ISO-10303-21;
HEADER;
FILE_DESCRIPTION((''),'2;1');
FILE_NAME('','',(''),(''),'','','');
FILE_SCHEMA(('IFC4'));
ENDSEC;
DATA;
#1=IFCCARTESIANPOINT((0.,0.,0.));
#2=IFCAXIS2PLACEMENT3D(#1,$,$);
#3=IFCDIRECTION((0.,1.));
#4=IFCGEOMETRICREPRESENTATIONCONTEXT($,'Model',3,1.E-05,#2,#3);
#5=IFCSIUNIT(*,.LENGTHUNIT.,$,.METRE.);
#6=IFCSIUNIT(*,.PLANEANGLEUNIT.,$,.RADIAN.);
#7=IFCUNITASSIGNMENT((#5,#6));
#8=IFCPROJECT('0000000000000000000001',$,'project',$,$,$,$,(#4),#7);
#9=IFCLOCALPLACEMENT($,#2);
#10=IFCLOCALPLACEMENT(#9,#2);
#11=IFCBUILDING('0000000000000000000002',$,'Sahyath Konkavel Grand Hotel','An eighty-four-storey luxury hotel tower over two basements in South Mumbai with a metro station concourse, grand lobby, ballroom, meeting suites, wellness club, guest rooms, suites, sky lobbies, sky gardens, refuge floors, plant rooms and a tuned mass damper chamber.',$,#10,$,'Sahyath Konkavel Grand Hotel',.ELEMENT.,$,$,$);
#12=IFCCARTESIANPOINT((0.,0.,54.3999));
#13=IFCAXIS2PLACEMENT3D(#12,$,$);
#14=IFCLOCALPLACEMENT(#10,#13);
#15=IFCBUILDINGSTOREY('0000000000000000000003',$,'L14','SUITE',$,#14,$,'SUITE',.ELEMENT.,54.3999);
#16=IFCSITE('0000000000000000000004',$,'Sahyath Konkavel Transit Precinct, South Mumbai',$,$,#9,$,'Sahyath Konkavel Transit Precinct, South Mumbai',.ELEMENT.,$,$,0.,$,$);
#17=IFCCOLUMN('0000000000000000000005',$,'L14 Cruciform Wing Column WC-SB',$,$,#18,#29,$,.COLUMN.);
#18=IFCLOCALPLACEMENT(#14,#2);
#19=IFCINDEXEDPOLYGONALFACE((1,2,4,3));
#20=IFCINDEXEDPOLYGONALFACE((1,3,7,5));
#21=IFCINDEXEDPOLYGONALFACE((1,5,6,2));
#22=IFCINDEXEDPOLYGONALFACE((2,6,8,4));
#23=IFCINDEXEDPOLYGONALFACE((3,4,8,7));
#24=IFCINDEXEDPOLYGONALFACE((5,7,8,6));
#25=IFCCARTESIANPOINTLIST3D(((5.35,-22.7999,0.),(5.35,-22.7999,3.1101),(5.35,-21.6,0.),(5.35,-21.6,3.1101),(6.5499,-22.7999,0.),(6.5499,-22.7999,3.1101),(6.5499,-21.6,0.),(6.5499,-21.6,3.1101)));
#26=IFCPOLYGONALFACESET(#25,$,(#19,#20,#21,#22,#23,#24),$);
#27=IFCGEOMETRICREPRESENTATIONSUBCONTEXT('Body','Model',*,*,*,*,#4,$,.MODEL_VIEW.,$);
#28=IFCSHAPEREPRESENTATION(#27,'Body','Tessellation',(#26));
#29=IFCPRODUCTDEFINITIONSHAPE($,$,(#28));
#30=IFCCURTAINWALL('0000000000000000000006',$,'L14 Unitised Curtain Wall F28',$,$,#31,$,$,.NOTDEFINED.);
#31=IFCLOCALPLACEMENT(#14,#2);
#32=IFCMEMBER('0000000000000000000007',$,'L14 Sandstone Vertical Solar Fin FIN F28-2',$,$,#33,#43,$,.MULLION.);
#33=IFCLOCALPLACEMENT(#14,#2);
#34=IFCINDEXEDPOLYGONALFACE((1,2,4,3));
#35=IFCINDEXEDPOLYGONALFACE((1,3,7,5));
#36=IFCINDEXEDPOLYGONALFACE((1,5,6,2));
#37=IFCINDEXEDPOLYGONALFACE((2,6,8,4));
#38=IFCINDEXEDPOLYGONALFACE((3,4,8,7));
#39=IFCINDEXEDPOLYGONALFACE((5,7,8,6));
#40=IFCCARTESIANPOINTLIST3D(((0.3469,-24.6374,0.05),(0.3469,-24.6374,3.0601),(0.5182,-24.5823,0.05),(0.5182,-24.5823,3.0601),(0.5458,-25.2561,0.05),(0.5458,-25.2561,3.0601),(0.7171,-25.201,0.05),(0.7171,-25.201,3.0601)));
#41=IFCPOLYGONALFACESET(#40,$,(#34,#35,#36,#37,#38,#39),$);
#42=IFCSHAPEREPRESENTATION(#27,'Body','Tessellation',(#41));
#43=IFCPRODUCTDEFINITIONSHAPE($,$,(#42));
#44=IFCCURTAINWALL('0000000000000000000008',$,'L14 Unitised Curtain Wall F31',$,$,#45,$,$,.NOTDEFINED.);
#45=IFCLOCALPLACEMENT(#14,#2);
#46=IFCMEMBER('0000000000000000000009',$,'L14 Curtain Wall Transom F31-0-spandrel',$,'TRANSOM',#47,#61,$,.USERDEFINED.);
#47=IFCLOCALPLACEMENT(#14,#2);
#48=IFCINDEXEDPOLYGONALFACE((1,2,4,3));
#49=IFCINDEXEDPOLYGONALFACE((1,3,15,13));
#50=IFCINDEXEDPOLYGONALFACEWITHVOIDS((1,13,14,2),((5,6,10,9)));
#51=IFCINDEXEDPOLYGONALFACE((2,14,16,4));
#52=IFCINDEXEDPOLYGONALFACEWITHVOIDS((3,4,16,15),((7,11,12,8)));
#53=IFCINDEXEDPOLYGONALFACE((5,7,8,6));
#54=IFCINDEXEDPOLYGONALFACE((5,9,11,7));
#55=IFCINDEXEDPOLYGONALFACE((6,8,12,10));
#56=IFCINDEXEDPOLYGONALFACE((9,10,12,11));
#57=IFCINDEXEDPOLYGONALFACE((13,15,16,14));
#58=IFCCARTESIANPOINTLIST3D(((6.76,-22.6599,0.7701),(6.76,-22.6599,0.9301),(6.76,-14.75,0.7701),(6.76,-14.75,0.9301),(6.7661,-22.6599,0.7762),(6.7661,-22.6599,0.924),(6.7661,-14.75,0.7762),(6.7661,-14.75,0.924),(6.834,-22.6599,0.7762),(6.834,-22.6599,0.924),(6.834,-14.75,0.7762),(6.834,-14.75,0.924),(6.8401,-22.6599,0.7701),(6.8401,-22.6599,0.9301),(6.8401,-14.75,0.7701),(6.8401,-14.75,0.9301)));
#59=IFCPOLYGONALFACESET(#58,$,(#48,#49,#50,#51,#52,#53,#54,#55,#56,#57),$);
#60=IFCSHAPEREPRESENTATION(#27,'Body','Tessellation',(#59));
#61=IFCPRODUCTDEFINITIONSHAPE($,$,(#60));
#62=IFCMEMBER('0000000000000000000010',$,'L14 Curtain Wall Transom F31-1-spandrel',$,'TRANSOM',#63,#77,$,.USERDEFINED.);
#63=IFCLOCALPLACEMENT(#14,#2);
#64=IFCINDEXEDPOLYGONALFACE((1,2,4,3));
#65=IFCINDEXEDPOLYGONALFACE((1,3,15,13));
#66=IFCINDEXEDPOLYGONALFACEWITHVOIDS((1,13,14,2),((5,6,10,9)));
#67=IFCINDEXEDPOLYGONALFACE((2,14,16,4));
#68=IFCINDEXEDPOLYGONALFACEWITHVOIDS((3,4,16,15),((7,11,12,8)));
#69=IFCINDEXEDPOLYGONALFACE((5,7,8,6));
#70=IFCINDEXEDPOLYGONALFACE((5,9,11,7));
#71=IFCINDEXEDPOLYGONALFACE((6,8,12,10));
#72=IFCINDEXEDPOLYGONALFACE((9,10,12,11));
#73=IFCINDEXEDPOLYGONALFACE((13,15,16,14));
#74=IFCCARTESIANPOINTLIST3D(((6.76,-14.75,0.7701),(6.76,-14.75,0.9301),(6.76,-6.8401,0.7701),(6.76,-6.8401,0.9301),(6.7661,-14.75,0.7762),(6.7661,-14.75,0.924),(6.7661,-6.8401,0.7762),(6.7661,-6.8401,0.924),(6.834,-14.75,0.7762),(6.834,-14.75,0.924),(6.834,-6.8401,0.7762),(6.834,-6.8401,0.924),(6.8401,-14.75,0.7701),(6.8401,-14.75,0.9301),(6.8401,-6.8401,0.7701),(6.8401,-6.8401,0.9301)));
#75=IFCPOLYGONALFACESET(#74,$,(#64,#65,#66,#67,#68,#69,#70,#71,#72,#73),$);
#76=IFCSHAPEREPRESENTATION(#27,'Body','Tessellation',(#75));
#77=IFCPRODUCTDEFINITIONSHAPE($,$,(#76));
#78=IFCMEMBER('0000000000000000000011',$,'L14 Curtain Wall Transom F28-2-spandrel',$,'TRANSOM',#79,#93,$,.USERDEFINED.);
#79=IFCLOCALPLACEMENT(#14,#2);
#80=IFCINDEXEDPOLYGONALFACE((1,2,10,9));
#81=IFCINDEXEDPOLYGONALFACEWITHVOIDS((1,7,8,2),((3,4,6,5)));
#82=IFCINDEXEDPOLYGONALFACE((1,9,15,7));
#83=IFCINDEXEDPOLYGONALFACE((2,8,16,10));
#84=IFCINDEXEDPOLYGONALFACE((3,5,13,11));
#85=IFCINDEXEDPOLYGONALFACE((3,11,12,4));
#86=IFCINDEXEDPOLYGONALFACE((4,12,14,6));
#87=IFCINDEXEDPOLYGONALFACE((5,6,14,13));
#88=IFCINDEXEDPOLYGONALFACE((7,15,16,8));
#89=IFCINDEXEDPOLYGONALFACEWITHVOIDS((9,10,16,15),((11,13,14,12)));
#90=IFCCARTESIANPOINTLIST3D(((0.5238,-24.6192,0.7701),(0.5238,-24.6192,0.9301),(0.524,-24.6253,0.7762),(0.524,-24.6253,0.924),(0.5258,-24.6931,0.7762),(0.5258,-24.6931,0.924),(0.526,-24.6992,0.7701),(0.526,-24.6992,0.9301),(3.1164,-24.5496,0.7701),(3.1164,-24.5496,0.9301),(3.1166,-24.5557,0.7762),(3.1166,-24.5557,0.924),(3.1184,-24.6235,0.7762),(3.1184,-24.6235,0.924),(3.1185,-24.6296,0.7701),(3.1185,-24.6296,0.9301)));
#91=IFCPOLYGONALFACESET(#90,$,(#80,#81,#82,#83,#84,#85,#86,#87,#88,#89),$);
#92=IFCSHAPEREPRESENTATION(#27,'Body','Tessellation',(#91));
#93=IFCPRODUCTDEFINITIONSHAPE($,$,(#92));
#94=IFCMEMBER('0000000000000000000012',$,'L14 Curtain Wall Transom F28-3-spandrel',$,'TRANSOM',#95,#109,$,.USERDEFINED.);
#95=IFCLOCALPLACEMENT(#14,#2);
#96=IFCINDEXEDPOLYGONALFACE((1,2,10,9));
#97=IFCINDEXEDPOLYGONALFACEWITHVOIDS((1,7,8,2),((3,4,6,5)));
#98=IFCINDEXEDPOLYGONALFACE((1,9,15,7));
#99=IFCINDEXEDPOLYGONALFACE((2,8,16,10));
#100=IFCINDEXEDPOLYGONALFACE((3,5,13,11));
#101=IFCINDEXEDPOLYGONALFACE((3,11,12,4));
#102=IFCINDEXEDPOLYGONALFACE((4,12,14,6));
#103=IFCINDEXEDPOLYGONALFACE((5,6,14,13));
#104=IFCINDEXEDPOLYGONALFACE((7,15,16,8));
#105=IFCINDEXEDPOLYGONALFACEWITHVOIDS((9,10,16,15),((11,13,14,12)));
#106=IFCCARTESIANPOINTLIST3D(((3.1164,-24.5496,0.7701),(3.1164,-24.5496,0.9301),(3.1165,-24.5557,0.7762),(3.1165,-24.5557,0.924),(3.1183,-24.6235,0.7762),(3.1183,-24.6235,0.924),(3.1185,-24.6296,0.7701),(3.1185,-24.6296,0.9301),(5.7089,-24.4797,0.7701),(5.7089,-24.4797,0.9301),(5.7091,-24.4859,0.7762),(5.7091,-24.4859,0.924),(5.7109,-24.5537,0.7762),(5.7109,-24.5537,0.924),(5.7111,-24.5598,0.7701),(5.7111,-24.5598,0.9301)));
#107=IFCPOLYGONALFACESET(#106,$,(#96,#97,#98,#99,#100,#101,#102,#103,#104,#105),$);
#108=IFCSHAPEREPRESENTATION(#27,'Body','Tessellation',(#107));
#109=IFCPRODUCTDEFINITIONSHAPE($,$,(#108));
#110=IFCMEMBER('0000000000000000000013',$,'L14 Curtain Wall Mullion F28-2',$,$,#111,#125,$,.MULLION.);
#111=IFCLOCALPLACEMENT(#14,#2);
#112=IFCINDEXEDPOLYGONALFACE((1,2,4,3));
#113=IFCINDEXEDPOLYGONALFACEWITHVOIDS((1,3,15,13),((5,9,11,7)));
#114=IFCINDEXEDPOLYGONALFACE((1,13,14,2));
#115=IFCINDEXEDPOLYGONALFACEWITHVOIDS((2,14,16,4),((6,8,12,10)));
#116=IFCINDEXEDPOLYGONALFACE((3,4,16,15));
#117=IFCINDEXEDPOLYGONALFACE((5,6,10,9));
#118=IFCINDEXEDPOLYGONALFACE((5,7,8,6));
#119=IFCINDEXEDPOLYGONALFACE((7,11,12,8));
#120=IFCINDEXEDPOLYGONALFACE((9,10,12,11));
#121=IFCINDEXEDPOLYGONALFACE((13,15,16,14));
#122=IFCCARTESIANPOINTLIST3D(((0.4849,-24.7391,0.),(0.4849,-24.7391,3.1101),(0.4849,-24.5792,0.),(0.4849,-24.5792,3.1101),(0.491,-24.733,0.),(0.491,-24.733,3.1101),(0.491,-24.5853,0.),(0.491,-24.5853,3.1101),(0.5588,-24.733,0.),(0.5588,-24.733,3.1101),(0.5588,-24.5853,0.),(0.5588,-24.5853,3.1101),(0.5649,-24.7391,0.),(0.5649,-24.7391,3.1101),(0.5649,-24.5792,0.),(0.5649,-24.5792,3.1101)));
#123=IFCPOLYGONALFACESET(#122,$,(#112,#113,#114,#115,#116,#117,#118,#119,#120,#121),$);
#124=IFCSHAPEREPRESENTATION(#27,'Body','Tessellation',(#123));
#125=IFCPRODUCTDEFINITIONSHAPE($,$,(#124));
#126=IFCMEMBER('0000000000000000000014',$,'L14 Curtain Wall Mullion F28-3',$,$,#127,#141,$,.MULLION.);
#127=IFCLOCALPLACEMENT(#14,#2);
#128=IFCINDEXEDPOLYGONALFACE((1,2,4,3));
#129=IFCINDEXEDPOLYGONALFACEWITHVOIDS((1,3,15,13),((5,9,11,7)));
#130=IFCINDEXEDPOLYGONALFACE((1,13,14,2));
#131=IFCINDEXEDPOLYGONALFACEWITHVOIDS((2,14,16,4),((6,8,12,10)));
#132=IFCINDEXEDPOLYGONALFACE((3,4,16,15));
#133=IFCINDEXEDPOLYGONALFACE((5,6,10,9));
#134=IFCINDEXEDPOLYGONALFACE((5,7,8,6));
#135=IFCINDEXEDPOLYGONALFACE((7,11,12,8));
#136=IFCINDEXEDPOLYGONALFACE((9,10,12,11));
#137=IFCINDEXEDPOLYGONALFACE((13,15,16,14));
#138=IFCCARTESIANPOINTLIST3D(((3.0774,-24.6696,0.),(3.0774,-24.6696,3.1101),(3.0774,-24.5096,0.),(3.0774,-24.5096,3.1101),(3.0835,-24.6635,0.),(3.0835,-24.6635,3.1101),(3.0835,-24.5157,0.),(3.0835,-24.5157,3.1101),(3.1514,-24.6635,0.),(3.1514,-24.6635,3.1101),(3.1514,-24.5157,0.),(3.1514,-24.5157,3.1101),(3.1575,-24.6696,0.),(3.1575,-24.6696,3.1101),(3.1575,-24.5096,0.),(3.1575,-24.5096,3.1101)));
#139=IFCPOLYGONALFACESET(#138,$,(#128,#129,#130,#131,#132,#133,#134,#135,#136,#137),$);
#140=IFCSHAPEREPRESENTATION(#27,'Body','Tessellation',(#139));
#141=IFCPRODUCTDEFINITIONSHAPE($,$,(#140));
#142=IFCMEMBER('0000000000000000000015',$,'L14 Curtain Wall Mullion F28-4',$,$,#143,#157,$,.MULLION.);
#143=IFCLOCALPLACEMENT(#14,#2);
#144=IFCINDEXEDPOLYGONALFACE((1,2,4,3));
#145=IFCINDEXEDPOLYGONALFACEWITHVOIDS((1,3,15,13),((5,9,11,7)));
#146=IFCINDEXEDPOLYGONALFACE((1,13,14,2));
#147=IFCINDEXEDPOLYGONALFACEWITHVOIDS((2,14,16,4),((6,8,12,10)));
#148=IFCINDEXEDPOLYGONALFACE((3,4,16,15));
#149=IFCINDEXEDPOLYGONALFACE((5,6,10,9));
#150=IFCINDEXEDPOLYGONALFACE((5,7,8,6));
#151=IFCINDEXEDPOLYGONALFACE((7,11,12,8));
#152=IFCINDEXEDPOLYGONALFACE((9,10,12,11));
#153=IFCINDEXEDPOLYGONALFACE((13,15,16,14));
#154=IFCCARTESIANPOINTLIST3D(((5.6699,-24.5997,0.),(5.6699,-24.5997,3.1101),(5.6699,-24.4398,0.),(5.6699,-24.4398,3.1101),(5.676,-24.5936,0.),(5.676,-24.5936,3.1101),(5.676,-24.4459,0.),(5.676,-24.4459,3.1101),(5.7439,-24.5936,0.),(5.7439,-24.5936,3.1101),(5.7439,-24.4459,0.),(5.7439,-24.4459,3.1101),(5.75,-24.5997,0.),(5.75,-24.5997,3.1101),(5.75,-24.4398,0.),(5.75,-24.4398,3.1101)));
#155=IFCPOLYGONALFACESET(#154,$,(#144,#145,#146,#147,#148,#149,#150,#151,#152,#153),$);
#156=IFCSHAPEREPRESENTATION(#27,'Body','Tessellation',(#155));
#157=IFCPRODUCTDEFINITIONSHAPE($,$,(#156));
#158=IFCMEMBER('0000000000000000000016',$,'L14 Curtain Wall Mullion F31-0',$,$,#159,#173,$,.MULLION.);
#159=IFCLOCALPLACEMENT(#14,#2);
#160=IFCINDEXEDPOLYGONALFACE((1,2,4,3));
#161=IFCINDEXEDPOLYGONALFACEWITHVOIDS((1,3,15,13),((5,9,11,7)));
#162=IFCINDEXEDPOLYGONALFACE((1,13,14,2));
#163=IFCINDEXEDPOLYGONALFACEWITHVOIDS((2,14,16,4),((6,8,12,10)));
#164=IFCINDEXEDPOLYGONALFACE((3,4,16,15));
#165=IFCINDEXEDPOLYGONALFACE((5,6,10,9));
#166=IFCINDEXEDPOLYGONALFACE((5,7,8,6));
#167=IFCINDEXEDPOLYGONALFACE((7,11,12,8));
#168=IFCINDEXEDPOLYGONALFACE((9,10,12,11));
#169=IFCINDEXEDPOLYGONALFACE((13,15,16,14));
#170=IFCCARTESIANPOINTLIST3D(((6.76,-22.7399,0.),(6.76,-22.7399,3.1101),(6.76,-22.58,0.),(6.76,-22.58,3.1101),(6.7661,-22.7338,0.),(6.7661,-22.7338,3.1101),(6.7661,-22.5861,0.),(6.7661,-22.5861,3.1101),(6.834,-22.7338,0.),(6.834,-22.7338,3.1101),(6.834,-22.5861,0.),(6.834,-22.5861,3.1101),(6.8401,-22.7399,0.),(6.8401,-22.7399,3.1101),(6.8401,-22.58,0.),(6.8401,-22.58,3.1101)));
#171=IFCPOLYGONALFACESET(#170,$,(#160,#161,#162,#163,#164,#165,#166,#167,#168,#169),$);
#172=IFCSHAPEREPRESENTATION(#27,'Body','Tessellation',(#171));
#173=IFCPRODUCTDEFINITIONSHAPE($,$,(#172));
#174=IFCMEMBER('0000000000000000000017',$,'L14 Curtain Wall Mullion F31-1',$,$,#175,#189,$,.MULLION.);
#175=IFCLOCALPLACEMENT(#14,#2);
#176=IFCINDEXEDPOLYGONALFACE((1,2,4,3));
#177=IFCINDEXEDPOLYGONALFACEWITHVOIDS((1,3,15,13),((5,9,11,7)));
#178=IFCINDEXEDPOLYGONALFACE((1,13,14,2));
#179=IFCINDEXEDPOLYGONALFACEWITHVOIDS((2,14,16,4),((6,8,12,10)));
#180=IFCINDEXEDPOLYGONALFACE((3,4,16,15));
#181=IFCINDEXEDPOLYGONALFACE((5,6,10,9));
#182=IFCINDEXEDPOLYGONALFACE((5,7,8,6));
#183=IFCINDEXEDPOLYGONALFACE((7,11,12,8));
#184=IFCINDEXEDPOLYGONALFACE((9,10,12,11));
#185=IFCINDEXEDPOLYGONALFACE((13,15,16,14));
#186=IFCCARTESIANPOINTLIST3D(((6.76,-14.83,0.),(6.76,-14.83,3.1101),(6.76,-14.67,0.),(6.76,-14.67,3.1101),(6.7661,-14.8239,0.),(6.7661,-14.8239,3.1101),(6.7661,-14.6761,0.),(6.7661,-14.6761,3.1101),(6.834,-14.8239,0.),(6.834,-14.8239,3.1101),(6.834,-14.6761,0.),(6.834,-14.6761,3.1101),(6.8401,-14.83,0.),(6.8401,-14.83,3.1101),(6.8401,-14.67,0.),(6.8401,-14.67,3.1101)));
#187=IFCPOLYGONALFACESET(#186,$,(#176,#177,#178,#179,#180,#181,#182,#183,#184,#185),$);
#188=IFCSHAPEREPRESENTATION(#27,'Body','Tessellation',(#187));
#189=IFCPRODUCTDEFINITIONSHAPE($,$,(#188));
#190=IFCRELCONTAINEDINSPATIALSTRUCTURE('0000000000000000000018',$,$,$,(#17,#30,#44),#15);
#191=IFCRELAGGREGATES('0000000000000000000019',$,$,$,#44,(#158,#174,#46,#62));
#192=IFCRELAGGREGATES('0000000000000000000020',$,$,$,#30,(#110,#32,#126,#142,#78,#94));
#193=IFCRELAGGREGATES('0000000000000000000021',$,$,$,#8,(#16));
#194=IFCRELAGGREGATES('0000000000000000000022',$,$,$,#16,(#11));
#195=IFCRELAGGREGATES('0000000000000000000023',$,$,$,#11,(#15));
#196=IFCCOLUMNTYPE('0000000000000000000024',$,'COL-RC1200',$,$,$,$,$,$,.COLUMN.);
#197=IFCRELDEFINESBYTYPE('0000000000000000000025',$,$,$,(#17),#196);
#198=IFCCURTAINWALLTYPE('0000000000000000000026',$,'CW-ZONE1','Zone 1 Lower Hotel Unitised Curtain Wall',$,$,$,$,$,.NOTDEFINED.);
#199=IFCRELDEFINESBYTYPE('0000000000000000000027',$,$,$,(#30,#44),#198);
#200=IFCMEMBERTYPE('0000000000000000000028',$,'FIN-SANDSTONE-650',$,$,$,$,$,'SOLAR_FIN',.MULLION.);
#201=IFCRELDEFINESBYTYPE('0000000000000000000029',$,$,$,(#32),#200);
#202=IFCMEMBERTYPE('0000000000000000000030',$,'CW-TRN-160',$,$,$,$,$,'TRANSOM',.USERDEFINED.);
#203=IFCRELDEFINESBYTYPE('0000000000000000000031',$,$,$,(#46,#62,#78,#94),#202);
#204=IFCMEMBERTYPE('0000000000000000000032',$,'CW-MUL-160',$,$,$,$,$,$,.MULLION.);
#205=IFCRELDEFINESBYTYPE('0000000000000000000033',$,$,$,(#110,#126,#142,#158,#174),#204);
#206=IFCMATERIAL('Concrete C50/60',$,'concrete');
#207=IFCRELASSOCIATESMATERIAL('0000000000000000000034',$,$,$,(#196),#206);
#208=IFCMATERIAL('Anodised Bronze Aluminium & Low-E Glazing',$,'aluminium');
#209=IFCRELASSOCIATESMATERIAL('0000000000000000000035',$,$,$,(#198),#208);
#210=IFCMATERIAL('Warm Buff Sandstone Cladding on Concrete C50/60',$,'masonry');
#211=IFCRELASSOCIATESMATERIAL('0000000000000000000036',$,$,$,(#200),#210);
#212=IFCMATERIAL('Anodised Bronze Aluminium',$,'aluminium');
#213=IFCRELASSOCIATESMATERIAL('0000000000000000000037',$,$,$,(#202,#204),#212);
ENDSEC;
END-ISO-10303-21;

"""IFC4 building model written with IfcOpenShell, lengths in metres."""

from ifc_helpers import new_model, si_unit, direction, frame, origin, origin_2d, place, context, subcontext, project, spatial, rectangle, hollow_rectangle, extrude, source, transform, mapped, material, material_profile, profile_set, type_object, element, aggregate, save


model = new_model("IFC4")

# Units and contexts
model_context = context("Model", 3, precision=1e-05, world=origin(), true_north=direction((0.0, 1.0)))
body_context = subcontext(model_context, "Body", "Model", "MODEL_VIEW")
ifc_project = project(units=[si_unit("LENGTHUNIT", "METRE"), si_unit("PLANEANGLEUNIT", "RADIAN")], contexts=[model_context])

# Site, building, storey
site_placement = place(None, origin())
site = spatial("IfcSite", under=ifc_project, at=site_placement, Name="Sahyath Konkavel Transit Precinct, South Mumbai", LongName="Sahyath Konkavel Transit Precinct, South Mumbai", CompositionType="ELEMENT", RefElevation=0.0)
building_placement = place(site_placement, origin())
building = spatial("IfcBuilding", under=site, at=building_placement, Name="Sahyath Konkavel Grand Hotel", Description="An eighty-four-storey luxury hotel tower over two basements in South Mumbai with a metro station concourse, grand lobby, ballroom, meeting suites, wellness club, guest rooms, suites, sky lobbies, sky gardens, refuge floors, plant rooms and a tuned mass damper chamber.", LongName="Sahyath Konkavel Grand Hotel", CompositionType="ELEMENT")
storey_placement = place(building_placement, frame((0.0, 0.0, 54.3999)))
storey = spatial("IfcBuildingStorey", under=building, at=storey_placement, Name="L14", Description="SUITE", LongName="SUITE", CompositionType="ELEMENT", Elevation=54.3999)

# Column
ifc_material_1 = material(Name="Concrete C50/60", Category="concrete")
ifc_material_profile_1 = material_profile(ifc_material_1, rectangle(XDim=1.2, YDim=1.2, at=origin_2d()), Name="RC 1200x1200")
ifc_profile_set_1 = profile_set([ifc_material_profile_1], Name="Concrete C50/60")
column_type = type_object("IfcColumnType", Name="COL-RC1200", PredefinedType="COLUMN", material=ifc_profile_set_1)
shared_shape_1 = source(origin(), body_context, "Body", "SweptSolid", [
    extrude(rectangle(XDim=1.2, YDim=1.2, at=origin_2d()), origin(), (0.0, 0.0, 1.0), 3.1101),
])
column_placement = place(storey_placement, frame((5.95, -22.2, 0.0), z_axis=(0.0, 0.0, 1.0), x_axis=(1.0, 0.0, 0.0)))
element("IfcColumn", 1, at=column_placement, inside=storey, type_object=column_type, Name="L14 Cruciform Wing Column WC-SB", PredefinedType="COLUMN", context=body_context, shape_type="MappedRepresentation", body=[
    mapped(shared_shape_1, transform((0.0, 0.0, 0.0), scale=1.0)),
])

# Curtain wall, member
ifc_material_2 = material(Name="Anodised Bronze Aluminium & Low-E Glazing", Category="aluminium")
curtain_wall_type = type_object("IfcCurtainWallType", Name="CW-ZONE1", Description="Zone 1 Lower Hotel Unitised Curtain Wall", PredefinedType="NOTDEFINED", material=ifc_material_2)
curtain_wall_1_placement = place(storey_placement, origin())
curtain_wall_1 = element("IfcCurtainWall", 2, at=curtain_wall_1_placement, inside=storey, type_object=curtain_wall_type, Name="L14 Unitised Curtain Wall F28", PredefinedType="NOTDEFINED")
ifc_material_3 = material(Name="Warm Buff Sandstone Cladding on Concrete C50/60", Category="masonry")
ifc_material_profile_2 = material_profile(ifc_material_3, rectangle(XDim=0.1799, YDim=0.6499, at=origin_2d()), Name="FIN 180x650")
ifc_profile_set_2 = profile_set([ifc_material_profile_2], Name="Warm Buff Sandstone Cladding on Concrete C50/60")
member_type_1 = type_object("IfcMemberType", Name="FIN-SANDSTONE-650", ElementType="SOLAR_FIN", PredefinedType="MULLION", material=ifc_profile_set_2)
shared_shape_2 = source(origin(), body_context, "Body", "SweptSolid", [
    extrude(rectangle(XDim=0.1799, YDim=0.6499, at=origin_2d()), origin(), (0.0, 0.0, 1.0), 3.01),
])
member_1_placement = place(storey_placement, frame((0.532, -24.9192, 0.05), z_axis=(0.0, 0.0, 1.0), x_axis=(0.952023, 0.306028, 0.0)))
member_1 = element("IfcMember", 3, at=member_1_placement, type_object=member_type_1, Name="L14 Sandstone Vertical Solar Fin FIN F28-2", PredefinedType="MULLION", context=body_context, shape_type="MappedRepresentation", body=[
    mapped(shared_shape_2, transform((0.0, 0.0, 0.0), scale=1.0)),
])

# Curtain wall, members
curtain_wall_2_placement = place(storey_placement, origin())
curtain_wall_2 = element("IfcCurtainWall", 4, at=curtain_wall_2_placement, inside=storey, type_object=curtain_wall_type, Name="L14 Unitised Curtain Wall F31", PredefinedType="NOTDEFINED")
ifc_material_4 = material(Name="Anodised Bronze Aluminium", Category="aluminium")
ifc_material_profile_3 = material_profile(ifc_material_4, hollow_rectangle(XDim=0.0801, YDim=0.1599, WallThickness=0.0061, at=origin_2d()), Name="RHS 160x80x6")
ifc_profile_set_3 = profile_set([ifc_material_profile_3], Name="Anodised Bronze Aluminium")
member_type_2 = type_object("IfcMemberType", Name="CW-TRN-160", ElementType="TRANSOM", PredefinedType="USERDEFINED", material=ifc_profile_set_3)
shared_shape_3 = source(origin(), body_context, "Body", "SweptSolid", [
    extrude(hollow_rectangle(XDim=0.0801, YDim=0.1599, WallThickness=0.0061, at=origin_2d()), origin(), (0.0, 0.0, 1.0), 7.9099),
])
member_2_placement = place(storey_placement, frame((6.8, -22.6599, 0.8501), z_axis=(0.0, 1.0, 0.0), x_axis=(-1.0, 0.0, 0.0)))
member_2 = element("IfcMember", 5, at=member_2_placement, type_object=member_type_2, Name="L14 Curtain Wall Transom F31-0-spandrel", ObjectType="TRANSOM", PredefinedType="USERDEFINED", context=body_context, shape_type="MappedRepresentation", body=[
    mapped(shared_shape_3, transform((0.0, 0.0, 0.0), scale=1.0)),
])
member_3_placement = place(storey_placement, frame((6.8, -14.75, 0.8501), z_axis=(0.0, 1.0, 0.0), x_axis=(-1.0, 0.0, 0.0)))
member_3 = element("IfcMember", 6, at=member_3_placement, type_object=member_type_2, Name="L14 Curtain Wall Transom F31-1-spandrel", ObjectType="TRANSOM", PredefinedType="USERDEFINED", context=body_context, shape_type="MappedRepresentation", body=[
    mapped(shared_shape_3, transform((0.0, 0.0, 0.0), scale=1.0)),
])

# Members
shared_shape_4 = source(origin(), body_context, "Body", "SweptSolid", [
    extrude(hollow_rectangle(XDim=0.0801, YDim=0.1599, WallThickness=0.0061, at=origin_2d()), origin(), (0.0, 0.0, 1.0), 2.5935),
])
member_4_placement = place(storey_placement, frame((0.5249, -24.6592, 0.8501), z_axis=(0.99964, 0.026829, 0.0), x_axis=(-0.026829, 0.99964, 0.0)))
member_4 = element("IfcMember", 7, at=member_4_placement, type_object=member_type_2, Name="L14 Curtain Wall Transom F28-2-spandrel", ObjectType="TRANSOM", PredefinedType="USERDEFINED", context=body_context, shape_type="MappedRepresentation", body=[
    mapped(shared_shape_4, transform((0.0, 0.0, 0.0), scale=1.0)),
])
member_5_placement = place(storey_placement, frame((3.1174, -24.5896, 0.8501), z_axis=(0.999638, 0.026923, 0.0), x_axis=(-0.026923, 0.999638, 0.0)))
member_5 = element("IfcMember", 8, at=member_5_placement, type_object=member_type_2, Name="L14 Curtain Wall Transom F28-3-spandrel", ObjectType="TRANSOM", PredefinedType="USERDEFINED", context=body_context, shape_type="MappedRepresentation", body=[
    mapped(shared_shape_4, transform((0.0, 0.0, 0.0), scale=1.0)),
])
ifc_material_profile_4 = material_profile(ifc_material_4, hollow_rectangle(XDim=0.0801, YDim=0.1599, WallThickness=0.0061, at=origin_2d()), Name="RHS 160x80x6")
ifc_profile_set_4 = profile_set([ifc_material_profile_4], Name="Anodised Bronze Aluminium")
member_type_3 = type_object("IfcMemberType", Name="CW-MUL-160", PredefinedType="MULLION", material=ifc_profile_set_4)
shared_shape_5 = source(origin(), body_context, "Body", "SweptSolid", [
    extrude(hollow_rectangle(XDim=0.0801, YDim=0.1599, WallThickness=0.0061, at=origin_2d()), origin(), (0.0, 0.0, 1.0), 3.1101),
])
member_6_placement = place(storey_placement, frame((0.5249, -24.6592, 0.0), z_axis=(0.0, 0.0, 1.0), x_axis=(1.0, 0.0, 0.0)))
member_6 = element("IfcMember", 9, at=member_6_placement, type_object=member_type_3, Name="L14 Curtain Wall Mullion F28-2", PredefinedType="MULLION", context=body_context, shape_type="MappedRepresentation", body=[
    mapped(shared_shape_5, transform((0.0, 0.0, 0.0), scale=1.0)),
])
member_7_placement = place(storey_placement, frame((3.1174, -24.5896, 0.0), z_axis=(0.0, 0.0, 1.0), x_axis=(1.0, 0.0, 0.0)))
member_7 = element("IfcMember", 10, at=member_7_placement, type_object=member_type_3, Name="L14 Curtain Wall Mullion F28-3", PredefinedType="MULLION", context=body_context, shape_type="MappedRepresentation", body=[
    mapped(shared_shape_5, transform((0.0, 0.0, 0.0), scale=1.0)),
])
member_8_placement = place(storey_placement, frame((5.71, -24.5198, 0.0), z_axis=(0.0, 0.0, 1.0), x_axis=(1.0, 0.0, 0.0)))
member_8 = element("IfcMember", 11, at=member_8_placement, type_object=member_type_3, Name="L14 Curtain Wall Mullion F28-4", PredefinedType="MULLION", context=body_context, shape_type="MappedRepresentation", body=[
    mapped(shared_shape_5, transform((0.0, 0.0, 0.0), scale=1.0)),
])
member_9_placement = place(storey_placement, frame((6.8, -22.6599, 0.0), z_axis=(0.0, 0.0, 1.0), x_axis=(1.0, 0.0, 0.0)))
member_9 = element("IfcMember", 12, at=member_9_placement, type_object=member_type_3, Name="L14 Curtain Wall Mullion F31-0", PredefinedType="MULLION", context=body_context, shape_type="MappedRepresentation", body=[
    mapped(shared_shape_5, transform((0.0, 0.0, 0.0), scale=1.0)),
])
member_10_placement = place(storey_placement, frame((6.8, -14.75, 0.0), z_axis=(0.0, 0.0, 1.0), x_axis=(1.0, 0.0, 0.0)))
member_10 = element("IfcMember", 13, at=member_10_placement, type_object=member_type_3, Name="L14 Curtain Wall Mullion F31-1", PredefinedType="MULLION", context=body_context, shape_type="MappedRepresentation", body=[
    mapped(shared_shape_5, transform((0.0, 0.0, 0.0), scale=1.0)),
])

aggregate(curtain_wall_2, [member_9, member_10, member_2, member_3])
aggregate(curtain_wall_1, [member_6, member_1, member_7, member_8, member_4, member_5])

save(model, "model.ifc")
